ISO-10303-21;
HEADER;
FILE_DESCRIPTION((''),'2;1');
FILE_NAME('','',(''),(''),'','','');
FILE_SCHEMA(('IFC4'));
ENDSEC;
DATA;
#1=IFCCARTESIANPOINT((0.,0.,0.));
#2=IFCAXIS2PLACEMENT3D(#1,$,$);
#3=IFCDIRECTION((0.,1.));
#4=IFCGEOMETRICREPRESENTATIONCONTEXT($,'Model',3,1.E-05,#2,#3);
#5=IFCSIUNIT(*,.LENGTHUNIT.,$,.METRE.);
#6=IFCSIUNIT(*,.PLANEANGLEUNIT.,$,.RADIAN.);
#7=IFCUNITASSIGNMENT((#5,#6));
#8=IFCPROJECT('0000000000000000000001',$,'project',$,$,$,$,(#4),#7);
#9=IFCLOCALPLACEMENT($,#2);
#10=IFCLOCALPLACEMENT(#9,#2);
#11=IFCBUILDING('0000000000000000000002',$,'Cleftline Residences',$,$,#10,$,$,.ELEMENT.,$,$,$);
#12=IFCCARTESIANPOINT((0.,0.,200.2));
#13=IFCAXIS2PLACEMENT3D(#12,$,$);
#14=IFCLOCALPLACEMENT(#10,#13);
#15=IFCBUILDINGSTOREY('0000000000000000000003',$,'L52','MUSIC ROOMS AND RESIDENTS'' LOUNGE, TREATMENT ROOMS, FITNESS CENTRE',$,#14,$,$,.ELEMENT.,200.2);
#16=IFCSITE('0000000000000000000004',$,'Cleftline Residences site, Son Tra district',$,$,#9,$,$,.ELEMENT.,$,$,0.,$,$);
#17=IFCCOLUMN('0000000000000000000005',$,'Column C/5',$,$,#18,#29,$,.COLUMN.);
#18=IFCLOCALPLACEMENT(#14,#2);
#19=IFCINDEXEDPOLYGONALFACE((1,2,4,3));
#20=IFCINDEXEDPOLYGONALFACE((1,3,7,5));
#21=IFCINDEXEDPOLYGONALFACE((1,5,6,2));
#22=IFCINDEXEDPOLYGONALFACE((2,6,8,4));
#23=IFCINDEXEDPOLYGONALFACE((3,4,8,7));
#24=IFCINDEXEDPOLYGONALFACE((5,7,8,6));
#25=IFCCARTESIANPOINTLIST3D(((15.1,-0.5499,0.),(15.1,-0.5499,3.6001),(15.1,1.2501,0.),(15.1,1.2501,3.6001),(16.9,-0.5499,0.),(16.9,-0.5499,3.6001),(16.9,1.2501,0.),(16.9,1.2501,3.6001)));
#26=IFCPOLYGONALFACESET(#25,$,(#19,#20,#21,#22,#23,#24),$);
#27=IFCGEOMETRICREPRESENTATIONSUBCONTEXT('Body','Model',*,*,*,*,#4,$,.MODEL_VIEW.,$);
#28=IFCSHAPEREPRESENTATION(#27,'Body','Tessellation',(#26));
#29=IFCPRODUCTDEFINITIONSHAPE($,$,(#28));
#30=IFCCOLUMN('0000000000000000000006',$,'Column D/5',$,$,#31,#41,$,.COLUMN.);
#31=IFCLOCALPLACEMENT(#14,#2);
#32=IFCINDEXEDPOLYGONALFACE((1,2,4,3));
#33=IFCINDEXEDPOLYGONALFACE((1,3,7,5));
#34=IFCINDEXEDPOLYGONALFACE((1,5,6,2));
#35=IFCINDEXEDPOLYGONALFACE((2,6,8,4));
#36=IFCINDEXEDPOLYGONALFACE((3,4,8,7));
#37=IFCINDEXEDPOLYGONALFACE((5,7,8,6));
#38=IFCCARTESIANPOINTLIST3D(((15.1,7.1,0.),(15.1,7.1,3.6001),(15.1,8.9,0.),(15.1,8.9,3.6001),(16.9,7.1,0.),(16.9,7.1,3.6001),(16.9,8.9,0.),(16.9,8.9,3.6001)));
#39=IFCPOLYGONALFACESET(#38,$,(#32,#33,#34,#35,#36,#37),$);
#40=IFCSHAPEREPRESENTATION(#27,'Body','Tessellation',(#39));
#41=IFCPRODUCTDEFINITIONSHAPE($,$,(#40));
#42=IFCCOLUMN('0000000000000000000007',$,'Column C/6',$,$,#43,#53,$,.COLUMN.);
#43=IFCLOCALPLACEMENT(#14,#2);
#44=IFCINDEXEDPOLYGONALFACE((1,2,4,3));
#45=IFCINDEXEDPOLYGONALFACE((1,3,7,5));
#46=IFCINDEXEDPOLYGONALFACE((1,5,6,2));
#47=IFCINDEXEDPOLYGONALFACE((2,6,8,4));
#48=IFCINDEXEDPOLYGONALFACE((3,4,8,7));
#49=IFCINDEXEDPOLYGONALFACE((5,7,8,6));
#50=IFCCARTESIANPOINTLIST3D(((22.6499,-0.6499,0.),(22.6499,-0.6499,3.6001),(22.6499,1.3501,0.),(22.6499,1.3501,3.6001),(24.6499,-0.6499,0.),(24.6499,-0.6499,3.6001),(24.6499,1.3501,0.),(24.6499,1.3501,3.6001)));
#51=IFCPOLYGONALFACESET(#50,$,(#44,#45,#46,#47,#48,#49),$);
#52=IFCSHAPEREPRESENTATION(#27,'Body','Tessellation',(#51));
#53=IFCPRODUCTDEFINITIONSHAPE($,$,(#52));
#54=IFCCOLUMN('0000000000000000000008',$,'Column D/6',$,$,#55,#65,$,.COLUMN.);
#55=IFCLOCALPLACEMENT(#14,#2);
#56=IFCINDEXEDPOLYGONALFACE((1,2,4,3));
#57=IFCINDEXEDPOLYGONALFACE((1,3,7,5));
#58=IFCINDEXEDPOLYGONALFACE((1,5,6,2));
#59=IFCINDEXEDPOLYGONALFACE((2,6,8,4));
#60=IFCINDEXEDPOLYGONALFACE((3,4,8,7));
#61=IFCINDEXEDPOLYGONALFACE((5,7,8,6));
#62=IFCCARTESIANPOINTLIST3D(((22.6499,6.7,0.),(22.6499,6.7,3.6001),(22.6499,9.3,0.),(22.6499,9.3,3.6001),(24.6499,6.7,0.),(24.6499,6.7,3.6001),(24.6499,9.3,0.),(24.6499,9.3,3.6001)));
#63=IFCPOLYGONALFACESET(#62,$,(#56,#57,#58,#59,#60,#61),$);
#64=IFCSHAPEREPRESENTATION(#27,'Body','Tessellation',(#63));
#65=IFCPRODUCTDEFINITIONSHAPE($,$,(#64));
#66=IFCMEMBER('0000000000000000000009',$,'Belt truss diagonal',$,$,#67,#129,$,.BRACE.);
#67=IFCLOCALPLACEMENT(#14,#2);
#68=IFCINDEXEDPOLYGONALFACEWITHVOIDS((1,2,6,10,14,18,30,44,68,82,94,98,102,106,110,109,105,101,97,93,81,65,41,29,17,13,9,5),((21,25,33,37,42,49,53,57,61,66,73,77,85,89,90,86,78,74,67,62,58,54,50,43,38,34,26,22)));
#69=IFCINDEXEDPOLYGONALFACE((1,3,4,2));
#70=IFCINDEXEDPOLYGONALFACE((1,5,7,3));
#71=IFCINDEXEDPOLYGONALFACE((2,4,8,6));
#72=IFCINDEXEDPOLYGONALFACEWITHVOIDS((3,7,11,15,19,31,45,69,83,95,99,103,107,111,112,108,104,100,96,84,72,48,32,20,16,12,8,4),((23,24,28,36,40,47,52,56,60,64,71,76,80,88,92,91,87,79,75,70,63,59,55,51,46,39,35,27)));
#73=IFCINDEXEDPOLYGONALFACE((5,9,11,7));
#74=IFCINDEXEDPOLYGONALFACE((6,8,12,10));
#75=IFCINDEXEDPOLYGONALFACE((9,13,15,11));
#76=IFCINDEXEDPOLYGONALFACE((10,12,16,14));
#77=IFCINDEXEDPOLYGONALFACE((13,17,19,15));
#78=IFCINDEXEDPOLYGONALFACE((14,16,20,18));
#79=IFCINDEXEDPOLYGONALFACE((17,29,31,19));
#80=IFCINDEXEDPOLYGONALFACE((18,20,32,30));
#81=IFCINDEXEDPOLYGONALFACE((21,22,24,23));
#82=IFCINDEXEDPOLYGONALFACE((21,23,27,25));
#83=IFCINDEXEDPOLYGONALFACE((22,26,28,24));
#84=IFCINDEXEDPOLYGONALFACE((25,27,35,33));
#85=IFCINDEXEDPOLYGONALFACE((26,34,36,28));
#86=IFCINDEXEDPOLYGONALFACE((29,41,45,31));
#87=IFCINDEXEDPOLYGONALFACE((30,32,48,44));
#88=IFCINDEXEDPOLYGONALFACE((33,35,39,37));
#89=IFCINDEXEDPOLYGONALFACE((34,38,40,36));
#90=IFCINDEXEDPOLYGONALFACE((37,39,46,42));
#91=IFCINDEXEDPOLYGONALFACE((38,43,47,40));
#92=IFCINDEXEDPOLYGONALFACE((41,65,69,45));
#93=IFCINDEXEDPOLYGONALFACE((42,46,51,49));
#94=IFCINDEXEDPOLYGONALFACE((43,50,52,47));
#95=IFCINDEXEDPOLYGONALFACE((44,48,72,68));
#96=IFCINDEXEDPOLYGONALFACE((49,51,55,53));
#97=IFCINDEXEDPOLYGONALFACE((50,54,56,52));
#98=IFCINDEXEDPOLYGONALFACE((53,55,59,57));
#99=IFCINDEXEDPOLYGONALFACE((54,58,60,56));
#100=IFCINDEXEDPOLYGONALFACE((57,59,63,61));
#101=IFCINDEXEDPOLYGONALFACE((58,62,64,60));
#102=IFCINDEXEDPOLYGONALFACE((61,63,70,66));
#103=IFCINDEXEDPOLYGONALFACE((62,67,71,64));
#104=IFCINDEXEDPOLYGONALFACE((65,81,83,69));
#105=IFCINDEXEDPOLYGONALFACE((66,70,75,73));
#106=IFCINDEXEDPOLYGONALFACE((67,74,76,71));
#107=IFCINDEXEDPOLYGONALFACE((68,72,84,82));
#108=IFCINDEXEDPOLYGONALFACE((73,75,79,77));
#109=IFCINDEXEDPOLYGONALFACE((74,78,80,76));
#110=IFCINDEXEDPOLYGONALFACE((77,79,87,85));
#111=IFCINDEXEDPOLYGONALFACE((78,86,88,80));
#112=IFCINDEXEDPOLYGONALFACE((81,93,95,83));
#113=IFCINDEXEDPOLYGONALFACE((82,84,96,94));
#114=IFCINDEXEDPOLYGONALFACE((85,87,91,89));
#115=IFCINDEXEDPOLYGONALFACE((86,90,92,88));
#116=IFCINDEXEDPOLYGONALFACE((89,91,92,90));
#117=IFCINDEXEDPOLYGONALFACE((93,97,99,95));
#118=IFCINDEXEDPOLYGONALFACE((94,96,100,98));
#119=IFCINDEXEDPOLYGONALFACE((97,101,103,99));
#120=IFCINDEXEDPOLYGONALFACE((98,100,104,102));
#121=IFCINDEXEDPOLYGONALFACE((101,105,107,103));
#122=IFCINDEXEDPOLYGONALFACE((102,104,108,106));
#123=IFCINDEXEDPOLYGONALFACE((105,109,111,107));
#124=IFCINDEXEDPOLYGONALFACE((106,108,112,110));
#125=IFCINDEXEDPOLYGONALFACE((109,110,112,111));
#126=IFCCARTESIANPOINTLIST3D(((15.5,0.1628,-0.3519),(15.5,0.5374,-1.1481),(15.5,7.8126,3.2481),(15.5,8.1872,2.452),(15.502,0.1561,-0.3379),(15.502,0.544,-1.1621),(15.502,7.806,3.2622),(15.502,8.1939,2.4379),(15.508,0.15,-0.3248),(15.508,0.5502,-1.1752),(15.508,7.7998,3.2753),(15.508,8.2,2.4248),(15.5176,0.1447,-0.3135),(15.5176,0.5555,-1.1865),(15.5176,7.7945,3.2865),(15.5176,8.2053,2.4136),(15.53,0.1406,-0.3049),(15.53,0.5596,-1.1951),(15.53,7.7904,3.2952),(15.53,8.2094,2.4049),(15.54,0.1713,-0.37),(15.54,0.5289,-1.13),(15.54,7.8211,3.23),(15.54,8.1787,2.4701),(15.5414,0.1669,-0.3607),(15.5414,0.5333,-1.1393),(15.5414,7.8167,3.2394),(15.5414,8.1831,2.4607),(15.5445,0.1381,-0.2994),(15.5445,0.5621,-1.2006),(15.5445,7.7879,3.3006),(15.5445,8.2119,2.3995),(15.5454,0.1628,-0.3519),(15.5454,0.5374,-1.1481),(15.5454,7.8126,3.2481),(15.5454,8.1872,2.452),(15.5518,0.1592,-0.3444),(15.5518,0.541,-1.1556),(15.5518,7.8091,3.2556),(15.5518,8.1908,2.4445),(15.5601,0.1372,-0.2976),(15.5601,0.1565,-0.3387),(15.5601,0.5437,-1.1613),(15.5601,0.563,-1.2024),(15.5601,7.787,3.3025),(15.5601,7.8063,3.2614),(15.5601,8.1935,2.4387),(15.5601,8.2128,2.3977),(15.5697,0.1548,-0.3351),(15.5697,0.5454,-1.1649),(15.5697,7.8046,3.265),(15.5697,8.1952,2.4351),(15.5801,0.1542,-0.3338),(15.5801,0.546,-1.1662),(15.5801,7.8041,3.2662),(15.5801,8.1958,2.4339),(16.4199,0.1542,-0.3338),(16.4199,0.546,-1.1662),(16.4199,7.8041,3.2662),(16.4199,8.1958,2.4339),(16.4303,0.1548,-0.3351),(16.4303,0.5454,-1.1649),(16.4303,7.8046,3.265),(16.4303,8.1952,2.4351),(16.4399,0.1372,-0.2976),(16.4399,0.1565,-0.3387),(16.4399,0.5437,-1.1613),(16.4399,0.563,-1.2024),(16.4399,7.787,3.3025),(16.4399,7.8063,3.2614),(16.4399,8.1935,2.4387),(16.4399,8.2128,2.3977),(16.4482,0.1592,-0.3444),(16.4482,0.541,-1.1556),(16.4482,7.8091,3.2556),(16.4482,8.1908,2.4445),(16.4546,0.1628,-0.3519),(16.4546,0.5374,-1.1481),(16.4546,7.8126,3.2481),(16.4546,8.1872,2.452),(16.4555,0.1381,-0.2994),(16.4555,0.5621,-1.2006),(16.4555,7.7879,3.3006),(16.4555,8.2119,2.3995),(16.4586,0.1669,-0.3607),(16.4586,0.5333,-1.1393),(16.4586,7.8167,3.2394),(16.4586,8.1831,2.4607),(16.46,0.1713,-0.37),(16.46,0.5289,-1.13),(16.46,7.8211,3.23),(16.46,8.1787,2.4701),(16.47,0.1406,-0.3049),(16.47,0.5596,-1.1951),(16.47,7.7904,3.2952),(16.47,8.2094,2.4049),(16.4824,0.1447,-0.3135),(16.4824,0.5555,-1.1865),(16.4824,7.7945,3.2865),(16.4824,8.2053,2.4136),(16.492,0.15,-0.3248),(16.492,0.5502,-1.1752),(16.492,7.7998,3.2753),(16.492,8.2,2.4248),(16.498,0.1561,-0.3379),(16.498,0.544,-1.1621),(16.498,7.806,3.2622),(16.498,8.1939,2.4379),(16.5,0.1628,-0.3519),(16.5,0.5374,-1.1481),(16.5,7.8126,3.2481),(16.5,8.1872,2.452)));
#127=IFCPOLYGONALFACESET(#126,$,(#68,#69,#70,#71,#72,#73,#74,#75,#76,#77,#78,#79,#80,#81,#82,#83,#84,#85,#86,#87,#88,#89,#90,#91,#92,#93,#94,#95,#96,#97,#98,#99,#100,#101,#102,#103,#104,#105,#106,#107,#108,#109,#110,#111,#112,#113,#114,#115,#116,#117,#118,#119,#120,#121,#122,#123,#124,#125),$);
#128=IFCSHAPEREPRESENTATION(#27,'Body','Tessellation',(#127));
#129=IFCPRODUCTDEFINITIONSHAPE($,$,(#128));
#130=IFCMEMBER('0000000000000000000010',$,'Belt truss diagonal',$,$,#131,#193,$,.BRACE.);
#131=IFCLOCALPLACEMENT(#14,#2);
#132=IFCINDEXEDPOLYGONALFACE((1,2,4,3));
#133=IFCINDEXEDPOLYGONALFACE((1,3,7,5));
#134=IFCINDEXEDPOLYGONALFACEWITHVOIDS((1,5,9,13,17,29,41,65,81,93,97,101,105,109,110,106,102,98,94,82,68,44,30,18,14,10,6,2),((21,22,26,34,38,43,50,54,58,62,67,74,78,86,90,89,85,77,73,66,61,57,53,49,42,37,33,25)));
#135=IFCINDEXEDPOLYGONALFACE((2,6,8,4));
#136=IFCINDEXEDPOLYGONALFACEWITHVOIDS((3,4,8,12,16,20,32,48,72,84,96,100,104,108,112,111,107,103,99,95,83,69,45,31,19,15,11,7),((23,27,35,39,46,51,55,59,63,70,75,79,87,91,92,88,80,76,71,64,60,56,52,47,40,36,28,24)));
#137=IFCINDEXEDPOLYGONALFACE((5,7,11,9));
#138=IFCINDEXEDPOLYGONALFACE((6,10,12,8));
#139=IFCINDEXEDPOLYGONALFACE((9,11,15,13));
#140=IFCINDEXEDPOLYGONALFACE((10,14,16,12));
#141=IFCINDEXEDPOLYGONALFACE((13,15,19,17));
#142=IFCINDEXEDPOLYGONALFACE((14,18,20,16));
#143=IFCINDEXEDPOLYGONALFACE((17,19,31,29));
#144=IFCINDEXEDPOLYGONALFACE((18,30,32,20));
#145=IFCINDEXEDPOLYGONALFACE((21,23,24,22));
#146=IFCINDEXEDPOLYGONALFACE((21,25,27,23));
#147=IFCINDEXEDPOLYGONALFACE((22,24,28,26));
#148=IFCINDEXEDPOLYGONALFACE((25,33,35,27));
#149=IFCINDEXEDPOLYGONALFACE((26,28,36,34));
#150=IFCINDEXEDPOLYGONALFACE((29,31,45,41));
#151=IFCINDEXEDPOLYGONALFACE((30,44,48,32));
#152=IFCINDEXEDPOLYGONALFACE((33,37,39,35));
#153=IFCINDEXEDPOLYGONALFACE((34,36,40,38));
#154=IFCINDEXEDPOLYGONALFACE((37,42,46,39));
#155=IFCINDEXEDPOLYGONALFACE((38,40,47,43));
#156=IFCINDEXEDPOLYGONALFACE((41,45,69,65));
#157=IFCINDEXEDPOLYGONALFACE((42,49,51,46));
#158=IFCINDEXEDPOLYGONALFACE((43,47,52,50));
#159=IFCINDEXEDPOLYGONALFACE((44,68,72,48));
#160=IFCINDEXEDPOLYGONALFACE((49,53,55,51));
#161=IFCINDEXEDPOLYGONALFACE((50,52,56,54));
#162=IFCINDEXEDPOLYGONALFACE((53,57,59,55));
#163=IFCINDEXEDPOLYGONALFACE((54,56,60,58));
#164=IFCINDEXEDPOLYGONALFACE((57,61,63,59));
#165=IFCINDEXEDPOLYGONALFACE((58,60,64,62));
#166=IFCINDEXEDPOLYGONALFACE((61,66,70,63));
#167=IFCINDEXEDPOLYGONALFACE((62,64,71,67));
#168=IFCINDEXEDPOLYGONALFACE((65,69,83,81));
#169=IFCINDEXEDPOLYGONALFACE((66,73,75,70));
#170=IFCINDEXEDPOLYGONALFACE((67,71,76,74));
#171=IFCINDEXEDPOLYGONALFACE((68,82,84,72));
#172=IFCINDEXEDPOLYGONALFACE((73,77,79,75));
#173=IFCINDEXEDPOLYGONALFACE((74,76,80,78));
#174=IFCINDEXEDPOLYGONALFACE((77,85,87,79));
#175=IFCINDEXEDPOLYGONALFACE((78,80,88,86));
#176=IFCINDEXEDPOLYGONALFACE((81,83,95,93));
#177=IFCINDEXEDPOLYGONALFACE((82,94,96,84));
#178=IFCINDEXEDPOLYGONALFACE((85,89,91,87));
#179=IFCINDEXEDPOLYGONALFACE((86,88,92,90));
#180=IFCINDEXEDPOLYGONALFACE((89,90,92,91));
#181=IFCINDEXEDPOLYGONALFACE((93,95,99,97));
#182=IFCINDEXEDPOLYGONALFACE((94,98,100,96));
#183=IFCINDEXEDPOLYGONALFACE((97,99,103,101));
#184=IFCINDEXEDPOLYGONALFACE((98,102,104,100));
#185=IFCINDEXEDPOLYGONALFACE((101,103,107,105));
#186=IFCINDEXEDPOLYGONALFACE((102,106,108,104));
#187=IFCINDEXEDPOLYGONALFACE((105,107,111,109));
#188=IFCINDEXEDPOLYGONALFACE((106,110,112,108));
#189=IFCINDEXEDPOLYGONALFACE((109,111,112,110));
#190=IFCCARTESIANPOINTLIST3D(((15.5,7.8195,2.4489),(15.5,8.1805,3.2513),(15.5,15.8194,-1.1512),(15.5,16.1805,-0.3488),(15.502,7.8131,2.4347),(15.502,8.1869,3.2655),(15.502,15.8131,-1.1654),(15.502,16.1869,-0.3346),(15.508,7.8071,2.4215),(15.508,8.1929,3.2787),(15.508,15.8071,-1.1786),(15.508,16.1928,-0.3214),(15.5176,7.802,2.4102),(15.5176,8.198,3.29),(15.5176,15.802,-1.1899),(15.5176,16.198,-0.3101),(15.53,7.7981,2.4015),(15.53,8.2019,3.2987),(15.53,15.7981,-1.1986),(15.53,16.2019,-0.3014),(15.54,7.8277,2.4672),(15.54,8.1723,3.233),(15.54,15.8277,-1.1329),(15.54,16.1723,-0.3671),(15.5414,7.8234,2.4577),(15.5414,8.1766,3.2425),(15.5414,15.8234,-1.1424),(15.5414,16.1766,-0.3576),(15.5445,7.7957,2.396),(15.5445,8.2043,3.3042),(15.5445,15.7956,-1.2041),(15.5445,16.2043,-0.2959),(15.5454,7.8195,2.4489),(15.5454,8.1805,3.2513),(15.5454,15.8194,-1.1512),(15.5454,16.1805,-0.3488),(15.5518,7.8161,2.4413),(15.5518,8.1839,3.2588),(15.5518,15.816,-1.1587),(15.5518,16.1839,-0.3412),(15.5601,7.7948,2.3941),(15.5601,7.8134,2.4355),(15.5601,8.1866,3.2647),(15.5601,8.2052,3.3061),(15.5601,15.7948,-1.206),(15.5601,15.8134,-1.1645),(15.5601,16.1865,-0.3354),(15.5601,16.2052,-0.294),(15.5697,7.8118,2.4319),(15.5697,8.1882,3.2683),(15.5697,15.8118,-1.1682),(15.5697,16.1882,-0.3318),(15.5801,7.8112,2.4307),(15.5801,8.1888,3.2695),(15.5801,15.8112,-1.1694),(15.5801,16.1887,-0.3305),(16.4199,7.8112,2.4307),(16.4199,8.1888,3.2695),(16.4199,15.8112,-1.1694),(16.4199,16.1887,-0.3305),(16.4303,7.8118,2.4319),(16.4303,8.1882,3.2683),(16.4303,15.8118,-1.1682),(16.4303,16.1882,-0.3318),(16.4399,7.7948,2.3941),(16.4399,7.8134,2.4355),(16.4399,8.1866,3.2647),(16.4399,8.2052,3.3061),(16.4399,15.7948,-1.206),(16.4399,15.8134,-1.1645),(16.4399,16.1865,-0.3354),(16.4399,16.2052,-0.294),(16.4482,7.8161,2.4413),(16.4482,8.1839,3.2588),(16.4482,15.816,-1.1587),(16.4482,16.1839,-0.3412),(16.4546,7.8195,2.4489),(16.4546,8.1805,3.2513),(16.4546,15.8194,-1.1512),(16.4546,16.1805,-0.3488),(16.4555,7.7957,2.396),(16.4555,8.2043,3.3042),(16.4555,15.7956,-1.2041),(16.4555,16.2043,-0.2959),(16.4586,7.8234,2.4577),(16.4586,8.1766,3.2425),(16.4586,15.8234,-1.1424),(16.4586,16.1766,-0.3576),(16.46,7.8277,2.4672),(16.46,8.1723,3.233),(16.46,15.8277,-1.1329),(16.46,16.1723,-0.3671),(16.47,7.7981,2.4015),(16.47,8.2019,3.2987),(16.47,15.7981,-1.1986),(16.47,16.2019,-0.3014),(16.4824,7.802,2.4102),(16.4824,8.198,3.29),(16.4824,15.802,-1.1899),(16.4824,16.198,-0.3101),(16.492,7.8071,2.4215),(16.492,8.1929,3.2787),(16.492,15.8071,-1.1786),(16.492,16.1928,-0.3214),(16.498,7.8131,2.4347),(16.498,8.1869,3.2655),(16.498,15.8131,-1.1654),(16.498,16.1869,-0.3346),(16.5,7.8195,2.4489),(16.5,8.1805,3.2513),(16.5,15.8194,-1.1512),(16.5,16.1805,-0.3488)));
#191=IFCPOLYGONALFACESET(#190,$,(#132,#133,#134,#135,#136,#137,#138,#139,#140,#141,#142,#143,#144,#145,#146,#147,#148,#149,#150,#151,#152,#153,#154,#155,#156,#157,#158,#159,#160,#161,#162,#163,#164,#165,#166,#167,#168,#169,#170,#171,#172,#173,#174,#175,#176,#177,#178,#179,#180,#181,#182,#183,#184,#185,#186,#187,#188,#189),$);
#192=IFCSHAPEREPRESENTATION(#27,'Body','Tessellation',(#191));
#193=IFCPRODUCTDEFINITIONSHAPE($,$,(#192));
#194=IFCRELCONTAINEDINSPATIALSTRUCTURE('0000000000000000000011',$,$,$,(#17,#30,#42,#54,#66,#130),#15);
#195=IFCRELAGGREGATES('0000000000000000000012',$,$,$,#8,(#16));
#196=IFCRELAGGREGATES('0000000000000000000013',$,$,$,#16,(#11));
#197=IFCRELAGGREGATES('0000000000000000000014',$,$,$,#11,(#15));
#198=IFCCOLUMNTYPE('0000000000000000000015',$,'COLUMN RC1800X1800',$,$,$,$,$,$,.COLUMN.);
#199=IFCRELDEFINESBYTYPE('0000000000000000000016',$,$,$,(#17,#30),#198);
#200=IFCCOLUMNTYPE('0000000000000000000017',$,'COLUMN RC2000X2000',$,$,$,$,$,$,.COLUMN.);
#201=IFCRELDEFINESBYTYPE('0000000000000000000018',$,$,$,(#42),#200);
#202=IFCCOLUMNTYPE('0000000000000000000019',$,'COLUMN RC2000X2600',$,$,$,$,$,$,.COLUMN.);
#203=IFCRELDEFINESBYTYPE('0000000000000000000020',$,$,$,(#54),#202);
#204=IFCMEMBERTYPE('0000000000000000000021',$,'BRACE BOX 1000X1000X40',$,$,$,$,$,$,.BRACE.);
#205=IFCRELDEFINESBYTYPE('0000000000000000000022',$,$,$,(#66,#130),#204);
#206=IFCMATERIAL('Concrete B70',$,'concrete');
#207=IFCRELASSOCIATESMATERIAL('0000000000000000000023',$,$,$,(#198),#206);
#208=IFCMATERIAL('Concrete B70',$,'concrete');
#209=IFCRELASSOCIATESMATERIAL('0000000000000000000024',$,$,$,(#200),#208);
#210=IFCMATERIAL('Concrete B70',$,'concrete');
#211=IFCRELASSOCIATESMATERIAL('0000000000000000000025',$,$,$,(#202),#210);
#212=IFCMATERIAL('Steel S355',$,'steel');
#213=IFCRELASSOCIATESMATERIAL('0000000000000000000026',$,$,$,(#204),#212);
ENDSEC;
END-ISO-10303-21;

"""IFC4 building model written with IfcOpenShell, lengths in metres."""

from ifc_helpers import new_model, si_unit, direction, frame, origin, origin_2d, place, context, subcontext, project, spatial, rectangle, hollow_rectangle, extrude, material, material_profile, profile_set, type_object, element, save


model = new_model("IFC4")

# Units and contexts
model_context = context("Model", 3, precision=1e-05, world=origin(), true_north=direction((0.0, 1.0)))
body_context = subcontext(model_context, "Body", "Model", "MODEL_VIEW")
ifc_project = project(units=[si_unit("LENGTHUNIT", "METRE"), si_unit("PLANEANGLEUNIT", "RADIAN")], contexts=[model_context])

# Site, building, storey
site_placement = place(None, origin())
site = spatial("IfcSite", under=ifc_project, at=site_placement, Name="Cleftline Residences site, Son Tra district", CompositionType="ELEMENT", RefElevation=0.0)
building_placement = place(site_placement, origin())
building = spatial("IfcBuilding", under=site, at=building_placement, Name="Cleftline Residences", CompositionType="ELEMENT")
storey_placement = place(building_placement, frame((0.0, 0.0, 200.2)))
storey = spatial("IfcBuildingStorey", under=building, at=storey_placement, Name="L52", Description="MUSIC ROOMS AND RESIDENTS' LOUNGE, TREATMENT ROOMS, FITNESS CENTRE", CompositionType="ELEMENT", Elevation=200.2)

# Columns
ifc_material_1 = material(Name="Concrete B70", Category="concrete")
ifc_material_profile_1 = material_profile(ifc_material_1, rectangle(XDim=1.8, YDim=1.8, at=origin_2d()))
ifc_profile_set_1 = profile_set([ifc_material_profile_1], Name="Concrete B70")
column_type_1 = type_object("IfcColumnType", Name="COLUMN RC1800X1800", PredefinedType="COLUMN", material=ifc_profile_set_1)
for number, where, z_axis, x_axis, name in (
    (1, (16.0, 0.3501, 0.0), (0.0, 0.0, 1.0), (1.0, 0.0, 0.0), "Column C/5"),
    (2, (16.0, 8.0, 0.0), (0.0, 0.0, 1.0), (1.0, 0.0, 0.0), "Column D/5"),
):
    element("IfcColumn", number, at=place(storey_placement, frame(where, z_axis=z_axis, x_axis=x_axis)), inside=storey, type_object=column_type_1, Name=name, PredefinedType="COLUMN", context=body_context, shape_type="SweptSolid", body=[
        extrude(rectangle(XDim=1.8, YDim=1.8, at=origin_2d()), origin(), (0.0, 0.0, 1.0), 3.6001),
    ])
ifc_material_2 = material(Name="Concrete B70", Category="concrete")
ifc_material_profile_2 = material_profile(ifc_material_2, rectangle(XDim=2.0, YDim=2.0, at=origin_2d()))
ifc_profile_set_2 = profile_set([ifc_material_profile_2], Name="Concrete B70")
column_type_2 = type_object("IfcColumnType", Name="COLUMN RC2000X2000", PredefinedType="COLUMN", material=ifc_profile_set_2)
column_1_placement = place(storey_placement, frame((23.6499, 0.3501, 0.0), z_axis=(0.0, 0.0, 1.0), x_axis=(1.0, 0.0, 0.0)))
element("IfcColumn", 3, at=column_1_placement, inside=storey, type_object=column_type_2, Name="Column C/6", PredefinedType="COLUMN", context=body_context, shape_type="SweptSolid", body=[
    extrude(rectangle(XDim=2.0, YDim=2.0, at=origin_2d()), origin(), (0.0, 0.0, 1.0), 3.6001),
])
ifc_material_3 = material(Name="Concrete B70", Category="concrete")
ifc_material_profile_3 = material_profile(ifc_material_3, rectangle(XDim=2.0, YDim=2.6001, at=origin_2d()))
ifc_profile_set_3 = profile_set([ifc_material_profile_3], Name="Concrete B70")
column_type_3 = type_object("IfcColumnType", Name="COLUMN RC2000X2600", PredefinedType="COLUMN", material=ifc_profile_set_3)
column_2_placement = place(storey_placement, frame((23.6499, 8.0, 0.0), z_axis=(0.0, 0.0, 1.0), x_axis=(1.0, 0.0, 0.0)))
element("IfcColumn", 4, at=column_2_placement, inside=storey, type_object=column_type_3, Name="Column D/6", PredefinedType="COLUMN", context=body_context, shape_type="SweptSolid", body=[
    extrude(rectangle(XDim=2.0, YDim=2.6001, at=origin_2d()), origin(), (0.0, 0.0, 1.0), 3.6001),
])

# Members
ifc_material_4 = material(Name="Steel S355", Category="steel")
ifc_material_profile_4 = material_profile(ifc_material_4, hollow_rectangle(XDim=1.0, YDim=1.0, WallThickness=0.04, InnerFilletRadius=0.04, OuterFilletRadius=0.0601, at=origin_2d()))
ifc_profile_set_4 = profile_set([ifc_material_profile_4], Name="Steel S355")
member_type_1 = type_object("IfcMemberType", Name="BRACE BOX 1000X1000X40", PredefinedType="BRACE", material=ifc_profile_set_4)
member_1_placement = place(storey_placement, frame((16.0, 0.3501, -0.75), z_axis=(0.0, 0.904812, 0.425811), x_axis=(0.0, -0.425811, 0.904812)))
element("IfcMember", 5, at=member_1_placement, inside=storey, type_object=member_type_1, Name="Belt truss diagonal", PredefinedType="BRACE", context=body_context, shape_type="SweptSolid", body=[
    extrude(hollow_rectangle(XDim=1.0, YDim=1.0, WallThickness=0.04, InnerFilletRadius=0.04, OuterFilletRadius=0.0601, at=origin_2d()), origin(), (0.0, 0.0, 1.0), 8.4546),
])
member_2_placement = place(storey_placement, frame((16.0, 8.0, 2.8501), z_axis=(0.0, 0.911917, -0.410374), x_axis=(0.0, 0.410374, 0.911917)))
element("IfcMember", 6, at=member_2_placement, inside=storey, type_object=member_type_1, Name="Belt truss diagonal", PredefinedType="BRACE", context=body_context, shape_type="SweptSolid", body=[
    extrude(hollow_rectangle(XDim=1.0, YDim=1.0, WallThickness=0.04, InnerFilletRadius=0.04, OuterFilletRadius=0.0601, at=origin_2d()), origin(), (0.0, 0.0, 1.0), 8.7727),
])

save(model, "model.ifc")
